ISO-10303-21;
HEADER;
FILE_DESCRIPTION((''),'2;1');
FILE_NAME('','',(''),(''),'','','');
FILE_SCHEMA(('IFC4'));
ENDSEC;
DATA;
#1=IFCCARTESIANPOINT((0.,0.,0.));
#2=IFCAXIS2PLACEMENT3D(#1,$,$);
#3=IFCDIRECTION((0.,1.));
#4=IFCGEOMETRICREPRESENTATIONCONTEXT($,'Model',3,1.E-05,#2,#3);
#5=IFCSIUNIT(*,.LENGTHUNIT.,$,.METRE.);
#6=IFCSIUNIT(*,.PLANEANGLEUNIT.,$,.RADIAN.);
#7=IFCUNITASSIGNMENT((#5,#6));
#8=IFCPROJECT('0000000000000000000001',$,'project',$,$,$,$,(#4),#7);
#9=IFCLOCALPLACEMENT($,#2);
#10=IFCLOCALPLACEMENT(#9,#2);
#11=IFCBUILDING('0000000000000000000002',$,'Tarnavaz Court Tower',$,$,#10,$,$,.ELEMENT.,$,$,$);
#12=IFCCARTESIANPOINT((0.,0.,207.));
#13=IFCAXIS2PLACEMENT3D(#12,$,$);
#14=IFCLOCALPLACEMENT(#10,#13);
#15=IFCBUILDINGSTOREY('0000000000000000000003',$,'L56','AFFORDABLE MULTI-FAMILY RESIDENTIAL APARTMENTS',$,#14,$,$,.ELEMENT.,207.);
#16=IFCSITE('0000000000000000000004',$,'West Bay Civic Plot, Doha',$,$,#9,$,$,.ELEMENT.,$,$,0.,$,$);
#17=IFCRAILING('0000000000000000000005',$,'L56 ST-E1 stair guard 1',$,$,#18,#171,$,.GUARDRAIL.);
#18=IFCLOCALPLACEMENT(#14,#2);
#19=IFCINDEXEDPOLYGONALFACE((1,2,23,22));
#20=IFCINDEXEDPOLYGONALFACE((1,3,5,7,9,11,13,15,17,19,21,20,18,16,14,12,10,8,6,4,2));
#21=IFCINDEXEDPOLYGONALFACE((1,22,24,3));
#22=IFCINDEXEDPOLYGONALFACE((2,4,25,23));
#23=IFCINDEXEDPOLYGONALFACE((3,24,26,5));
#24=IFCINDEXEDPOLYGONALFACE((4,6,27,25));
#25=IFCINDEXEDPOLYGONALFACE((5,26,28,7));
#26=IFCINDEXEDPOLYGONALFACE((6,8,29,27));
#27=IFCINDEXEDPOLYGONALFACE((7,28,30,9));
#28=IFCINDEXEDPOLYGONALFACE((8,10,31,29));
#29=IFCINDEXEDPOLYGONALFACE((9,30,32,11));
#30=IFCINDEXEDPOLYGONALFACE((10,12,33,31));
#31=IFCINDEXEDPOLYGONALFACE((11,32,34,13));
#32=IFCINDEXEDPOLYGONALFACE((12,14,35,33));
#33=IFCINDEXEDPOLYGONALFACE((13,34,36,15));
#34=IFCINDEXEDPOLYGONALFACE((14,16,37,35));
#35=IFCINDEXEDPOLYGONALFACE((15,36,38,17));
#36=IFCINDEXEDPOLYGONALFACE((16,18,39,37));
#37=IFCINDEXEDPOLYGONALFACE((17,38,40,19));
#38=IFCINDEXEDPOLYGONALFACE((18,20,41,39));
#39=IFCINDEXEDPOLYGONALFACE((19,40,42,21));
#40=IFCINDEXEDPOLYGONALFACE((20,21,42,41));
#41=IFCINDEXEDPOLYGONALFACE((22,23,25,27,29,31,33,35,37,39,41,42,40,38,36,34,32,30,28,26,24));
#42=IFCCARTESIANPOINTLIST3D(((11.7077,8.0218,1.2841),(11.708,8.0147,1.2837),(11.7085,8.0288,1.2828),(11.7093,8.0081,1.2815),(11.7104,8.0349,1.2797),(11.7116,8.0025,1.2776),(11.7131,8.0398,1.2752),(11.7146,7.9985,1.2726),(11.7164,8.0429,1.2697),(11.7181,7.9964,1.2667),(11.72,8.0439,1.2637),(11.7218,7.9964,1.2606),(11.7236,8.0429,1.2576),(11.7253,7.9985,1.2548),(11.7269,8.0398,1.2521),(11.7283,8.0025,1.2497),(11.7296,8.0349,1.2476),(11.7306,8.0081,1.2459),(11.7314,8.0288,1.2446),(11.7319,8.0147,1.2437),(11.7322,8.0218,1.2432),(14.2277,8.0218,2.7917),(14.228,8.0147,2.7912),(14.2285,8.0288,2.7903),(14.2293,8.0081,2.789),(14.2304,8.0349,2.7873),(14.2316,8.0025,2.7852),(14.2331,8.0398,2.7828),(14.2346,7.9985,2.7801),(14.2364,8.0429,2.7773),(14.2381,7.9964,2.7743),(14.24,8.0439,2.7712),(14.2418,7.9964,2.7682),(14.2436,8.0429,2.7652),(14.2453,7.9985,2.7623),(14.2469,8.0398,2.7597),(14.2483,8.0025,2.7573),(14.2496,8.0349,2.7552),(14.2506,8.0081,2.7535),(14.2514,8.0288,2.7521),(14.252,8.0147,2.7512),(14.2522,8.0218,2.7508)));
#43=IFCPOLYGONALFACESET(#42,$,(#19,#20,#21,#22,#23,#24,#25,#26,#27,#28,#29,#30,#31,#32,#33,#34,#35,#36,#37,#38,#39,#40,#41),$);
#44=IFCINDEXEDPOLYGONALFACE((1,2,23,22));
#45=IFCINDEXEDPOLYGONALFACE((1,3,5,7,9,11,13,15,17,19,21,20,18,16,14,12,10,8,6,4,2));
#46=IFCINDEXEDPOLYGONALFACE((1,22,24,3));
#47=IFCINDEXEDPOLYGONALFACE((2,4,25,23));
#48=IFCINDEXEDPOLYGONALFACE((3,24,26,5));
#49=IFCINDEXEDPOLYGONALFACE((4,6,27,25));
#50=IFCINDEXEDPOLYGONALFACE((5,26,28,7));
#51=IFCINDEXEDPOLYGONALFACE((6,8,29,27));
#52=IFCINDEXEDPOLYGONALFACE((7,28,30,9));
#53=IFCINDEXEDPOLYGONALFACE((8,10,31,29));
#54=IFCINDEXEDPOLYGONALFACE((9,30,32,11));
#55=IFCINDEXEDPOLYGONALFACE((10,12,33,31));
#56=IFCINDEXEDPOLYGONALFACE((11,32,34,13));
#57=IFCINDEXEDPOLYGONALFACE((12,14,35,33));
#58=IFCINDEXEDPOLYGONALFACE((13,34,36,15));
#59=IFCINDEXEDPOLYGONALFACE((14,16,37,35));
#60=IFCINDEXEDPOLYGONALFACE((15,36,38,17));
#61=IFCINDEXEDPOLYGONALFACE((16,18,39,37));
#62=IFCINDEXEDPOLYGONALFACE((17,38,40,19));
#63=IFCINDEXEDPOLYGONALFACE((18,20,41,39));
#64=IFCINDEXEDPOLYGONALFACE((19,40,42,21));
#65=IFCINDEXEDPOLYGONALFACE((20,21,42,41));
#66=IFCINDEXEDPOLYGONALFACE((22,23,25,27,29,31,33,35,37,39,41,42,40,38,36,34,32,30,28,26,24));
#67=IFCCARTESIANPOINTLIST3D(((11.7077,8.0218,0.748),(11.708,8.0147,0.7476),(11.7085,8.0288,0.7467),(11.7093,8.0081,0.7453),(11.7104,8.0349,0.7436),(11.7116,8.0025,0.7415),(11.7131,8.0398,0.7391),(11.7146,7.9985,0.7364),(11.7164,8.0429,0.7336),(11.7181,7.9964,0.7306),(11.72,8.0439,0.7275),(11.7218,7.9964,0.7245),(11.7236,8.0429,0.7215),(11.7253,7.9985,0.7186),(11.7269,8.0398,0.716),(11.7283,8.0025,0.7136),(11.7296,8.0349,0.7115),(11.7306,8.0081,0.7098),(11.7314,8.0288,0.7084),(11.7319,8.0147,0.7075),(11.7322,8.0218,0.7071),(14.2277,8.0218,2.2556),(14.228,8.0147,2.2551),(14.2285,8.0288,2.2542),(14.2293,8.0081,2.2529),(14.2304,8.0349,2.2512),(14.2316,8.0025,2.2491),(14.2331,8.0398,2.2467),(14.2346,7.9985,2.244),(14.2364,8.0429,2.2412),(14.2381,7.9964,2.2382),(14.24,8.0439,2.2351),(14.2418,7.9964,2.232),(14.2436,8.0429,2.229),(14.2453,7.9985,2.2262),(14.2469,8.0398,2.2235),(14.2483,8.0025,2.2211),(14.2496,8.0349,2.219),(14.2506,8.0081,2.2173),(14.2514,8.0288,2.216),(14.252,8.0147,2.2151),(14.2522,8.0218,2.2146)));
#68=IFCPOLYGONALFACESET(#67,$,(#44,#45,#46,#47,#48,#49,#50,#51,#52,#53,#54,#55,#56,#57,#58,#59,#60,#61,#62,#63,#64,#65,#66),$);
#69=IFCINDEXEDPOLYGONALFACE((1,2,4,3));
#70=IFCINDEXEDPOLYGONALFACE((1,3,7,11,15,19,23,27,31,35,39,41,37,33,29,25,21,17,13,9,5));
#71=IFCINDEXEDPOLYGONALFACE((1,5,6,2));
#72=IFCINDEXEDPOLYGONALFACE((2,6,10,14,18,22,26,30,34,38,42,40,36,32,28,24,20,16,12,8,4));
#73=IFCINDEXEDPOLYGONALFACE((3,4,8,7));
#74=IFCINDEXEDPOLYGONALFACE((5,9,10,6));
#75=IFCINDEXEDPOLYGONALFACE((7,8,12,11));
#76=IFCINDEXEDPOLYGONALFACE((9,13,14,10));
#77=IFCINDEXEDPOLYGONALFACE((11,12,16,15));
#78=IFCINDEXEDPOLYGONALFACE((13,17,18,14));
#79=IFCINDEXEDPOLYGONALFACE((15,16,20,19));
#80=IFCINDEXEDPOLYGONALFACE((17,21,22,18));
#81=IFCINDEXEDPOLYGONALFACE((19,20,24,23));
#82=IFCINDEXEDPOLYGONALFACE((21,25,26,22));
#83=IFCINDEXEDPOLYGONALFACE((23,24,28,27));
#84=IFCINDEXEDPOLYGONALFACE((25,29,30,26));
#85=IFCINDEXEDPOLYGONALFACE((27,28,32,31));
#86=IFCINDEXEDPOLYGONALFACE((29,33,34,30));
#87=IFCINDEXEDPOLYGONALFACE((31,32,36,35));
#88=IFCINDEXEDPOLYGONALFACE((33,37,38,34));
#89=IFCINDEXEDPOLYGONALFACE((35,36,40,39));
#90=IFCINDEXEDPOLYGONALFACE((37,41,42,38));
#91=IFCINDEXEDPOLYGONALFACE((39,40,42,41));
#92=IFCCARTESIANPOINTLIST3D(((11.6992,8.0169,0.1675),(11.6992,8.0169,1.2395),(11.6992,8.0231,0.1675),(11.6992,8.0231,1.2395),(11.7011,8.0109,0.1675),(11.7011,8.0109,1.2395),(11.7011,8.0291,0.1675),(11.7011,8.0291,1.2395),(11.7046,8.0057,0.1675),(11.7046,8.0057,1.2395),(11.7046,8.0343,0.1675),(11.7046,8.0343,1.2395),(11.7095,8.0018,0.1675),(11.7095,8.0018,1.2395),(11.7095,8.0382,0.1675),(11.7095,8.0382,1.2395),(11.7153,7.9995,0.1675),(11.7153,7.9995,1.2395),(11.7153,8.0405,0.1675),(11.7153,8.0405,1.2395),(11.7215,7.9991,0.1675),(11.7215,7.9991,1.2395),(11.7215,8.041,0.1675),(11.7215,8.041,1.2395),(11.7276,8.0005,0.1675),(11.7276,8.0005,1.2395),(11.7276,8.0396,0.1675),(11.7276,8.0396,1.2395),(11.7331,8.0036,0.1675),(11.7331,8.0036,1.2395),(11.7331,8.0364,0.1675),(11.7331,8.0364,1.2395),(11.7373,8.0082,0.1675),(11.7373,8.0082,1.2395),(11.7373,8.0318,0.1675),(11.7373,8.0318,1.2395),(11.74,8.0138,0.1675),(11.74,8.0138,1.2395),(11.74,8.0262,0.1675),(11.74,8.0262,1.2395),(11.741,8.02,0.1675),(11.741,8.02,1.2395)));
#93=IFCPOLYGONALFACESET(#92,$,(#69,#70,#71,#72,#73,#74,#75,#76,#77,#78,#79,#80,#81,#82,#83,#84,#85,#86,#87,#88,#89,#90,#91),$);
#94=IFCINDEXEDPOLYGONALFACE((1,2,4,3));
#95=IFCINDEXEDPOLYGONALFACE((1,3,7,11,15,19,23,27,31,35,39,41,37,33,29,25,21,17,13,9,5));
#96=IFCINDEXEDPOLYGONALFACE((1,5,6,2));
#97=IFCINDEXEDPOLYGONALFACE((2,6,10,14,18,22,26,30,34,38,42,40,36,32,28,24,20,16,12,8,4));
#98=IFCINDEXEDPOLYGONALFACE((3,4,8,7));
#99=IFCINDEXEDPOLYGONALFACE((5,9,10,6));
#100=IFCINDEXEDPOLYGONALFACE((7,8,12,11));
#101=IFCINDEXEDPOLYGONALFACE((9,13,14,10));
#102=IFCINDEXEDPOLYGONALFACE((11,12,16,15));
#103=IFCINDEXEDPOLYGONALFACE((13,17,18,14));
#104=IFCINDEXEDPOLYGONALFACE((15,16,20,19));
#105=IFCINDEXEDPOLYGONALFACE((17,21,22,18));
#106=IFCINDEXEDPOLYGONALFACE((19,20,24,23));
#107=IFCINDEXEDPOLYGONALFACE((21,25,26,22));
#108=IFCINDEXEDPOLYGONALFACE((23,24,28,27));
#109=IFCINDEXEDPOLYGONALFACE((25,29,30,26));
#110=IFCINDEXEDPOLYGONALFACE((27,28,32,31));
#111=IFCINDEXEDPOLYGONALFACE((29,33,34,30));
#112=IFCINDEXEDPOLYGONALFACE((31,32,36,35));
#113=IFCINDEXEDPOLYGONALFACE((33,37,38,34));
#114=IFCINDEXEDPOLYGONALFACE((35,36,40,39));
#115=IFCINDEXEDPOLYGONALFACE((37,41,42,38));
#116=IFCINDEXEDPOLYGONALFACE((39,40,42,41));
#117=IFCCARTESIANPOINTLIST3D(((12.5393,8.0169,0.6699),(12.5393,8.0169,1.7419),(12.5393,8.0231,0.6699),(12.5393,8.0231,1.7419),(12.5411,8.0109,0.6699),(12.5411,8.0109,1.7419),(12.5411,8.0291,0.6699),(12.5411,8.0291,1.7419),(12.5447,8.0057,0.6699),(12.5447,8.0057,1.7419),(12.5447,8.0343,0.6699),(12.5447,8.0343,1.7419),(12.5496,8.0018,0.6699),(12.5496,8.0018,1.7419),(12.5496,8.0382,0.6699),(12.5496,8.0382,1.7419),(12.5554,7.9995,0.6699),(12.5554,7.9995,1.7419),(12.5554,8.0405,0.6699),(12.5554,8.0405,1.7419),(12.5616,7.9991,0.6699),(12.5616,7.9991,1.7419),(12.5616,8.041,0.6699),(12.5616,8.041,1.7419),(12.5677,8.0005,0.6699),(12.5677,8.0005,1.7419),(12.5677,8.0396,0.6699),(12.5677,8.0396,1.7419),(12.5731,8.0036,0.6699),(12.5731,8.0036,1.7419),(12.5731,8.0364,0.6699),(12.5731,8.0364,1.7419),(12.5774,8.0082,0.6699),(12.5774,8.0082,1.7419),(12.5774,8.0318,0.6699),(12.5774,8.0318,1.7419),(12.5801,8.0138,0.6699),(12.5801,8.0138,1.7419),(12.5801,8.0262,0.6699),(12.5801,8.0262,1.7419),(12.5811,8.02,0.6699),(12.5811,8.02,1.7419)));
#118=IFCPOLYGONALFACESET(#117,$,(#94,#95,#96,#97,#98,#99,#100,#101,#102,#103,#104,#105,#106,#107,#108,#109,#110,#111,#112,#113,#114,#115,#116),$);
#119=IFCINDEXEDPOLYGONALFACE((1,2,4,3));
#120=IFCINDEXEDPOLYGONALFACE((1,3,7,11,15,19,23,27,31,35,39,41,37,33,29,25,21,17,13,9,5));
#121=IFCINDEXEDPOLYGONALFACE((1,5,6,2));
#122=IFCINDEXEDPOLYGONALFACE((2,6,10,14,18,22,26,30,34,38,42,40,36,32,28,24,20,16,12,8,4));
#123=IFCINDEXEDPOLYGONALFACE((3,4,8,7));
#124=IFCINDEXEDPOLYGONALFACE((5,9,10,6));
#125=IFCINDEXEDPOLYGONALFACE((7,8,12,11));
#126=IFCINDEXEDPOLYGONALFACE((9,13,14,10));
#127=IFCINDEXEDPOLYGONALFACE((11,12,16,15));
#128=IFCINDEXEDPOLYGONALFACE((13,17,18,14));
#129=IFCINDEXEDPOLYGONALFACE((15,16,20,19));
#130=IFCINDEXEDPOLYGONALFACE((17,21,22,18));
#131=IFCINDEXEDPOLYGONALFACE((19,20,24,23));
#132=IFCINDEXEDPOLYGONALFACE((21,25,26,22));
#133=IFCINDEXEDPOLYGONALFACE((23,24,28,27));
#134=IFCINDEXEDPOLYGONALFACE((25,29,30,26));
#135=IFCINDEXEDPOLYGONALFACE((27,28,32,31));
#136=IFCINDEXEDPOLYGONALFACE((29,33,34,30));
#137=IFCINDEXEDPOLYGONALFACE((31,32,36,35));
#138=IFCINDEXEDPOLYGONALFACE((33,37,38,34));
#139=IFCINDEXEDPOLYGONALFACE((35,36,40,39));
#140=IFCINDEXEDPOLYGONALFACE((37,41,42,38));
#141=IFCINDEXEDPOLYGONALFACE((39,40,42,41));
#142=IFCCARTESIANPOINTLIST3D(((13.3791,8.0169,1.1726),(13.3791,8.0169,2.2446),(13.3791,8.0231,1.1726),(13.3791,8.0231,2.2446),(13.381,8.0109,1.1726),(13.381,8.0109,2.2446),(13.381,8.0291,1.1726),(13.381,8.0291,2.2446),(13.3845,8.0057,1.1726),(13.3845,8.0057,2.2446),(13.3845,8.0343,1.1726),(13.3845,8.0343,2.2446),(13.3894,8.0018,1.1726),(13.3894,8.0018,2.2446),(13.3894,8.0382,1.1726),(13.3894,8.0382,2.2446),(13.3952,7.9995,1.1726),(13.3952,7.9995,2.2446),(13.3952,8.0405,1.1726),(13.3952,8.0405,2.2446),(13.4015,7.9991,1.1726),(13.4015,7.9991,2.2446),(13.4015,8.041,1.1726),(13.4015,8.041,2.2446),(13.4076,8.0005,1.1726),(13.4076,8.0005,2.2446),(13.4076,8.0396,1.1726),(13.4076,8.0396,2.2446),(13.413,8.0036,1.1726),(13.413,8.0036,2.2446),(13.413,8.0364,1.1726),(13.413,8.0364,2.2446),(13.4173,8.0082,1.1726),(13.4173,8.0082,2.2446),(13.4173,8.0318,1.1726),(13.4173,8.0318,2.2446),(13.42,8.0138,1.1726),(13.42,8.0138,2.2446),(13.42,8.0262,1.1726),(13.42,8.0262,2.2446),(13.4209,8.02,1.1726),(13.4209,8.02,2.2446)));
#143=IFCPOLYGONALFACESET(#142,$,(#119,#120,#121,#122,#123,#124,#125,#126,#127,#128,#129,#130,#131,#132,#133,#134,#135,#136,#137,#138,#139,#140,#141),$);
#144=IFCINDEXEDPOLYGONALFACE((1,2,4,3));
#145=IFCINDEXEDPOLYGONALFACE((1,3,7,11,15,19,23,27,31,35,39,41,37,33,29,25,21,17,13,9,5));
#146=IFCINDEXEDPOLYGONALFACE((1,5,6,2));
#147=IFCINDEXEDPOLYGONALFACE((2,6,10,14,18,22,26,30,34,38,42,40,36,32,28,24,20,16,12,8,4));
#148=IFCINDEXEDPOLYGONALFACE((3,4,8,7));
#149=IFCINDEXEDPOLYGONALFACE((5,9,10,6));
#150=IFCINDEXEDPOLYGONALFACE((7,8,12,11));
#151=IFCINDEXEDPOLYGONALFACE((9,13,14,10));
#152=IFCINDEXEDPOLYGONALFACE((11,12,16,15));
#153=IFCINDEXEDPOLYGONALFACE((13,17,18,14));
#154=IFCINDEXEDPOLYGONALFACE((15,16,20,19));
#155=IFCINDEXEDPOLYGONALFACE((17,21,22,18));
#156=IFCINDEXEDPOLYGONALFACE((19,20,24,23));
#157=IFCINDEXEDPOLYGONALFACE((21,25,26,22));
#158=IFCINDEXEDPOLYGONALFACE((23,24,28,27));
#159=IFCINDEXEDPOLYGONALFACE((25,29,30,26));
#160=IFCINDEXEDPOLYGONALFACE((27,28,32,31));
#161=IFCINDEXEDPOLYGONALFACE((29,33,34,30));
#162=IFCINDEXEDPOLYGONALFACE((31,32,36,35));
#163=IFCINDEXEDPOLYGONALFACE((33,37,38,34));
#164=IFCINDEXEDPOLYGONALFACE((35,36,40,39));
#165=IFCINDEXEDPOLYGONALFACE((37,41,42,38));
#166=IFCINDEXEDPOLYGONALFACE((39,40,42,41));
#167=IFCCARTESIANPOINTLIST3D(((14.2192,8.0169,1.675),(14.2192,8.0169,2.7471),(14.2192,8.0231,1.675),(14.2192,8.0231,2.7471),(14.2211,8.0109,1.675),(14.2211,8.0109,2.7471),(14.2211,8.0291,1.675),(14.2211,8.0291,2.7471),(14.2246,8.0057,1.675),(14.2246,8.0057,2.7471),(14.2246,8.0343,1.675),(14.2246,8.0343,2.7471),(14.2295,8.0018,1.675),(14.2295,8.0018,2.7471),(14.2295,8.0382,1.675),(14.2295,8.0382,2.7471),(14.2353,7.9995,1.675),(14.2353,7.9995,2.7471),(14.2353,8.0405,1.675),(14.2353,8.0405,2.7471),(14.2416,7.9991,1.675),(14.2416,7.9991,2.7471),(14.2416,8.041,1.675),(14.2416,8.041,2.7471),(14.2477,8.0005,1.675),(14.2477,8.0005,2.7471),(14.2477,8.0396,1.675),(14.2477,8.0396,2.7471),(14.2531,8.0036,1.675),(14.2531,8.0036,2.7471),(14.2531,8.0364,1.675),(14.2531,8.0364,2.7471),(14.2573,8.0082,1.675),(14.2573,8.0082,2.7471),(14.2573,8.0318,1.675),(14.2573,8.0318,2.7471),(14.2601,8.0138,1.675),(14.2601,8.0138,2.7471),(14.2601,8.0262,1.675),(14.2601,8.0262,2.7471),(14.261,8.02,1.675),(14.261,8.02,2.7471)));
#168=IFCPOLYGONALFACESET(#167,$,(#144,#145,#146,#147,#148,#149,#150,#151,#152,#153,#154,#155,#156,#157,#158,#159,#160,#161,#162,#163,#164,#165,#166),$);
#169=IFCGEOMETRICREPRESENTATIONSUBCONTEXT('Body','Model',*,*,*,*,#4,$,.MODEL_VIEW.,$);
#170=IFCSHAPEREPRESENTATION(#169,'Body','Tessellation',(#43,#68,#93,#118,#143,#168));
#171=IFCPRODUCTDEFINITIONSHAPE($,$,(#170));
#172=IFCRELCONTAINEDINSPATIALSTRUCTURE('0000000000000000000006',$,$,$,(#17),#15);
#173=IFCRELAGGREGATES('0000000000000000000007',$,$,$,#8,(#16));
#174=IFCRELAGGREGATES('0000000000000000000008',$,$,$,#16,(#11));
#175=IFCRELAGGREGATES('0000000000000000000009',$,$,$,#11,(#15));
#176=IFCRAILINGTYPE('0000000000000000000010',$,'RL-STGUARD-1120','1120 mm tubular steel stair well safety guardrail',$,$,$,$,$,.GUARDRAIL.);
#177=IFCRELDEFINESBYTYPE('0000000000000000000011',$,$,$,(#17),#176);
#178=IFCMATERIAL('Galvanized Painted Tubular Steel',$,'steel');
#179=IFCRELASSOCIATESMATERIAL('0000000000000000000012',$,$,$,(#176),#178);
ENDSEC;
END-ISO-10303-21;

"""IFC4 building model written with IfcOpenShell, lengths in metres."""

from ifc_helpers import new_model, si_unit, direction, frame, origin, origin_2d, place, context, subcontext, project, spatial, circle, extrude, material, type_object, element, save


model = new_model("IFC4")

# Units and contexts
model_context = context("Model", 3, precision=1e-05, world=origin(), true_north=direction((0.0, 1.0)))
body_context = subcontext(model_context, "Body", "Model", "MODEL_VIEW")
ifc_project = project(units=[si_unit("LENGTHUNIT", "METRE"), si_unit("PLANEANGLEUNIT", "RADIAN")], contexts=[model_context])

# Site, building, storey
site_placement = place(None, origin())
site = spatial("IfcSite", under=ifc_project, at=site_placement, Name="West Bay Civic Plot, Doha", CompositionType="ELEMENT", RefElevation=0.0)
building_placement = place(site_placement, origin())
building = spatial("IfcBuilding", under=site, at=building_placement, Name="Tarnavaz Court Tower", CompositionType="ELEMENT")
storey_placement = place(building_placement, frame((0.0, 0.0, 207.0)))
storey = spatial("IfcBuildingStorey", under=building, at=storey_placement, Name="L56", Description="AFFORDABLE MULTI-FAMILY RESIDENTIAL APARTMENTS", CompositionType="ELEMENT", Elevation=207.0)

# Railing
ifc_material_1 = material(Name="Galvanized Painted Tubular Steel", Category="steel")
railing_type_1 = type_object("IfcRailingType", Name="RL-STGUARD-1120", Description="1120 mm tubular steel stair well safety guardrail", PredefinedType="GUARDRAIL", material=ifc_material_1)
railing_1_placement = place(storey_placement, frame((11.72, 8.02, 0.1675)))
element("IfcRailing", 1, at=railing_1_placement, inside=storey, type_object=railing_type_1, Name="L56 ST-E1 stair guard 1", PredefinedType="GUARDRAIL", context=body_context, shape_type="SweptSolid", body=[
    extrude(circle(Radius=0.0239, at=origin_2d()), frame((0.0, 0.0, 1.0962), z_axis=(0.85816, 0.0, 0.513383), x_axis=(0.0, 1.0, 0.0)), (0.0, 0.0, 1.0), 2.9365),
    extrude(circle(Radius=0.0239, at=origin_2d()), frame((0.0, 0.0, 0.5601), z_axis=(0.85816, 0.0, 0.513383), x_axis=(0.0, 1.0, 0.0)), (0.0, 0.0, 1.0), 2.9365),
    extrude(circle(Radius=0.021, at=origin_2d()), origin(), (0.0, 0.0, 1.0), 1.072),
    extrude(circle(Radius=0.021, at=origin_2d()), frame((0.8401, 0.0, 0.5024)), (0.0, 0.0, 1.0), 1.072),
    extrude(circle(Radius=0.021, at=origin_2d()), frame((1.6799, 0.0, 1.0051)), (0.0, 0.0, 1.0), 1.072),
    extrude(circle(Radius=0.021, at=origin_2d()), frame((2.52, 0.0, 1.5076)), (0.0, 0.0, 1.0), 1.072),
])

save(model, "model.ifc")
